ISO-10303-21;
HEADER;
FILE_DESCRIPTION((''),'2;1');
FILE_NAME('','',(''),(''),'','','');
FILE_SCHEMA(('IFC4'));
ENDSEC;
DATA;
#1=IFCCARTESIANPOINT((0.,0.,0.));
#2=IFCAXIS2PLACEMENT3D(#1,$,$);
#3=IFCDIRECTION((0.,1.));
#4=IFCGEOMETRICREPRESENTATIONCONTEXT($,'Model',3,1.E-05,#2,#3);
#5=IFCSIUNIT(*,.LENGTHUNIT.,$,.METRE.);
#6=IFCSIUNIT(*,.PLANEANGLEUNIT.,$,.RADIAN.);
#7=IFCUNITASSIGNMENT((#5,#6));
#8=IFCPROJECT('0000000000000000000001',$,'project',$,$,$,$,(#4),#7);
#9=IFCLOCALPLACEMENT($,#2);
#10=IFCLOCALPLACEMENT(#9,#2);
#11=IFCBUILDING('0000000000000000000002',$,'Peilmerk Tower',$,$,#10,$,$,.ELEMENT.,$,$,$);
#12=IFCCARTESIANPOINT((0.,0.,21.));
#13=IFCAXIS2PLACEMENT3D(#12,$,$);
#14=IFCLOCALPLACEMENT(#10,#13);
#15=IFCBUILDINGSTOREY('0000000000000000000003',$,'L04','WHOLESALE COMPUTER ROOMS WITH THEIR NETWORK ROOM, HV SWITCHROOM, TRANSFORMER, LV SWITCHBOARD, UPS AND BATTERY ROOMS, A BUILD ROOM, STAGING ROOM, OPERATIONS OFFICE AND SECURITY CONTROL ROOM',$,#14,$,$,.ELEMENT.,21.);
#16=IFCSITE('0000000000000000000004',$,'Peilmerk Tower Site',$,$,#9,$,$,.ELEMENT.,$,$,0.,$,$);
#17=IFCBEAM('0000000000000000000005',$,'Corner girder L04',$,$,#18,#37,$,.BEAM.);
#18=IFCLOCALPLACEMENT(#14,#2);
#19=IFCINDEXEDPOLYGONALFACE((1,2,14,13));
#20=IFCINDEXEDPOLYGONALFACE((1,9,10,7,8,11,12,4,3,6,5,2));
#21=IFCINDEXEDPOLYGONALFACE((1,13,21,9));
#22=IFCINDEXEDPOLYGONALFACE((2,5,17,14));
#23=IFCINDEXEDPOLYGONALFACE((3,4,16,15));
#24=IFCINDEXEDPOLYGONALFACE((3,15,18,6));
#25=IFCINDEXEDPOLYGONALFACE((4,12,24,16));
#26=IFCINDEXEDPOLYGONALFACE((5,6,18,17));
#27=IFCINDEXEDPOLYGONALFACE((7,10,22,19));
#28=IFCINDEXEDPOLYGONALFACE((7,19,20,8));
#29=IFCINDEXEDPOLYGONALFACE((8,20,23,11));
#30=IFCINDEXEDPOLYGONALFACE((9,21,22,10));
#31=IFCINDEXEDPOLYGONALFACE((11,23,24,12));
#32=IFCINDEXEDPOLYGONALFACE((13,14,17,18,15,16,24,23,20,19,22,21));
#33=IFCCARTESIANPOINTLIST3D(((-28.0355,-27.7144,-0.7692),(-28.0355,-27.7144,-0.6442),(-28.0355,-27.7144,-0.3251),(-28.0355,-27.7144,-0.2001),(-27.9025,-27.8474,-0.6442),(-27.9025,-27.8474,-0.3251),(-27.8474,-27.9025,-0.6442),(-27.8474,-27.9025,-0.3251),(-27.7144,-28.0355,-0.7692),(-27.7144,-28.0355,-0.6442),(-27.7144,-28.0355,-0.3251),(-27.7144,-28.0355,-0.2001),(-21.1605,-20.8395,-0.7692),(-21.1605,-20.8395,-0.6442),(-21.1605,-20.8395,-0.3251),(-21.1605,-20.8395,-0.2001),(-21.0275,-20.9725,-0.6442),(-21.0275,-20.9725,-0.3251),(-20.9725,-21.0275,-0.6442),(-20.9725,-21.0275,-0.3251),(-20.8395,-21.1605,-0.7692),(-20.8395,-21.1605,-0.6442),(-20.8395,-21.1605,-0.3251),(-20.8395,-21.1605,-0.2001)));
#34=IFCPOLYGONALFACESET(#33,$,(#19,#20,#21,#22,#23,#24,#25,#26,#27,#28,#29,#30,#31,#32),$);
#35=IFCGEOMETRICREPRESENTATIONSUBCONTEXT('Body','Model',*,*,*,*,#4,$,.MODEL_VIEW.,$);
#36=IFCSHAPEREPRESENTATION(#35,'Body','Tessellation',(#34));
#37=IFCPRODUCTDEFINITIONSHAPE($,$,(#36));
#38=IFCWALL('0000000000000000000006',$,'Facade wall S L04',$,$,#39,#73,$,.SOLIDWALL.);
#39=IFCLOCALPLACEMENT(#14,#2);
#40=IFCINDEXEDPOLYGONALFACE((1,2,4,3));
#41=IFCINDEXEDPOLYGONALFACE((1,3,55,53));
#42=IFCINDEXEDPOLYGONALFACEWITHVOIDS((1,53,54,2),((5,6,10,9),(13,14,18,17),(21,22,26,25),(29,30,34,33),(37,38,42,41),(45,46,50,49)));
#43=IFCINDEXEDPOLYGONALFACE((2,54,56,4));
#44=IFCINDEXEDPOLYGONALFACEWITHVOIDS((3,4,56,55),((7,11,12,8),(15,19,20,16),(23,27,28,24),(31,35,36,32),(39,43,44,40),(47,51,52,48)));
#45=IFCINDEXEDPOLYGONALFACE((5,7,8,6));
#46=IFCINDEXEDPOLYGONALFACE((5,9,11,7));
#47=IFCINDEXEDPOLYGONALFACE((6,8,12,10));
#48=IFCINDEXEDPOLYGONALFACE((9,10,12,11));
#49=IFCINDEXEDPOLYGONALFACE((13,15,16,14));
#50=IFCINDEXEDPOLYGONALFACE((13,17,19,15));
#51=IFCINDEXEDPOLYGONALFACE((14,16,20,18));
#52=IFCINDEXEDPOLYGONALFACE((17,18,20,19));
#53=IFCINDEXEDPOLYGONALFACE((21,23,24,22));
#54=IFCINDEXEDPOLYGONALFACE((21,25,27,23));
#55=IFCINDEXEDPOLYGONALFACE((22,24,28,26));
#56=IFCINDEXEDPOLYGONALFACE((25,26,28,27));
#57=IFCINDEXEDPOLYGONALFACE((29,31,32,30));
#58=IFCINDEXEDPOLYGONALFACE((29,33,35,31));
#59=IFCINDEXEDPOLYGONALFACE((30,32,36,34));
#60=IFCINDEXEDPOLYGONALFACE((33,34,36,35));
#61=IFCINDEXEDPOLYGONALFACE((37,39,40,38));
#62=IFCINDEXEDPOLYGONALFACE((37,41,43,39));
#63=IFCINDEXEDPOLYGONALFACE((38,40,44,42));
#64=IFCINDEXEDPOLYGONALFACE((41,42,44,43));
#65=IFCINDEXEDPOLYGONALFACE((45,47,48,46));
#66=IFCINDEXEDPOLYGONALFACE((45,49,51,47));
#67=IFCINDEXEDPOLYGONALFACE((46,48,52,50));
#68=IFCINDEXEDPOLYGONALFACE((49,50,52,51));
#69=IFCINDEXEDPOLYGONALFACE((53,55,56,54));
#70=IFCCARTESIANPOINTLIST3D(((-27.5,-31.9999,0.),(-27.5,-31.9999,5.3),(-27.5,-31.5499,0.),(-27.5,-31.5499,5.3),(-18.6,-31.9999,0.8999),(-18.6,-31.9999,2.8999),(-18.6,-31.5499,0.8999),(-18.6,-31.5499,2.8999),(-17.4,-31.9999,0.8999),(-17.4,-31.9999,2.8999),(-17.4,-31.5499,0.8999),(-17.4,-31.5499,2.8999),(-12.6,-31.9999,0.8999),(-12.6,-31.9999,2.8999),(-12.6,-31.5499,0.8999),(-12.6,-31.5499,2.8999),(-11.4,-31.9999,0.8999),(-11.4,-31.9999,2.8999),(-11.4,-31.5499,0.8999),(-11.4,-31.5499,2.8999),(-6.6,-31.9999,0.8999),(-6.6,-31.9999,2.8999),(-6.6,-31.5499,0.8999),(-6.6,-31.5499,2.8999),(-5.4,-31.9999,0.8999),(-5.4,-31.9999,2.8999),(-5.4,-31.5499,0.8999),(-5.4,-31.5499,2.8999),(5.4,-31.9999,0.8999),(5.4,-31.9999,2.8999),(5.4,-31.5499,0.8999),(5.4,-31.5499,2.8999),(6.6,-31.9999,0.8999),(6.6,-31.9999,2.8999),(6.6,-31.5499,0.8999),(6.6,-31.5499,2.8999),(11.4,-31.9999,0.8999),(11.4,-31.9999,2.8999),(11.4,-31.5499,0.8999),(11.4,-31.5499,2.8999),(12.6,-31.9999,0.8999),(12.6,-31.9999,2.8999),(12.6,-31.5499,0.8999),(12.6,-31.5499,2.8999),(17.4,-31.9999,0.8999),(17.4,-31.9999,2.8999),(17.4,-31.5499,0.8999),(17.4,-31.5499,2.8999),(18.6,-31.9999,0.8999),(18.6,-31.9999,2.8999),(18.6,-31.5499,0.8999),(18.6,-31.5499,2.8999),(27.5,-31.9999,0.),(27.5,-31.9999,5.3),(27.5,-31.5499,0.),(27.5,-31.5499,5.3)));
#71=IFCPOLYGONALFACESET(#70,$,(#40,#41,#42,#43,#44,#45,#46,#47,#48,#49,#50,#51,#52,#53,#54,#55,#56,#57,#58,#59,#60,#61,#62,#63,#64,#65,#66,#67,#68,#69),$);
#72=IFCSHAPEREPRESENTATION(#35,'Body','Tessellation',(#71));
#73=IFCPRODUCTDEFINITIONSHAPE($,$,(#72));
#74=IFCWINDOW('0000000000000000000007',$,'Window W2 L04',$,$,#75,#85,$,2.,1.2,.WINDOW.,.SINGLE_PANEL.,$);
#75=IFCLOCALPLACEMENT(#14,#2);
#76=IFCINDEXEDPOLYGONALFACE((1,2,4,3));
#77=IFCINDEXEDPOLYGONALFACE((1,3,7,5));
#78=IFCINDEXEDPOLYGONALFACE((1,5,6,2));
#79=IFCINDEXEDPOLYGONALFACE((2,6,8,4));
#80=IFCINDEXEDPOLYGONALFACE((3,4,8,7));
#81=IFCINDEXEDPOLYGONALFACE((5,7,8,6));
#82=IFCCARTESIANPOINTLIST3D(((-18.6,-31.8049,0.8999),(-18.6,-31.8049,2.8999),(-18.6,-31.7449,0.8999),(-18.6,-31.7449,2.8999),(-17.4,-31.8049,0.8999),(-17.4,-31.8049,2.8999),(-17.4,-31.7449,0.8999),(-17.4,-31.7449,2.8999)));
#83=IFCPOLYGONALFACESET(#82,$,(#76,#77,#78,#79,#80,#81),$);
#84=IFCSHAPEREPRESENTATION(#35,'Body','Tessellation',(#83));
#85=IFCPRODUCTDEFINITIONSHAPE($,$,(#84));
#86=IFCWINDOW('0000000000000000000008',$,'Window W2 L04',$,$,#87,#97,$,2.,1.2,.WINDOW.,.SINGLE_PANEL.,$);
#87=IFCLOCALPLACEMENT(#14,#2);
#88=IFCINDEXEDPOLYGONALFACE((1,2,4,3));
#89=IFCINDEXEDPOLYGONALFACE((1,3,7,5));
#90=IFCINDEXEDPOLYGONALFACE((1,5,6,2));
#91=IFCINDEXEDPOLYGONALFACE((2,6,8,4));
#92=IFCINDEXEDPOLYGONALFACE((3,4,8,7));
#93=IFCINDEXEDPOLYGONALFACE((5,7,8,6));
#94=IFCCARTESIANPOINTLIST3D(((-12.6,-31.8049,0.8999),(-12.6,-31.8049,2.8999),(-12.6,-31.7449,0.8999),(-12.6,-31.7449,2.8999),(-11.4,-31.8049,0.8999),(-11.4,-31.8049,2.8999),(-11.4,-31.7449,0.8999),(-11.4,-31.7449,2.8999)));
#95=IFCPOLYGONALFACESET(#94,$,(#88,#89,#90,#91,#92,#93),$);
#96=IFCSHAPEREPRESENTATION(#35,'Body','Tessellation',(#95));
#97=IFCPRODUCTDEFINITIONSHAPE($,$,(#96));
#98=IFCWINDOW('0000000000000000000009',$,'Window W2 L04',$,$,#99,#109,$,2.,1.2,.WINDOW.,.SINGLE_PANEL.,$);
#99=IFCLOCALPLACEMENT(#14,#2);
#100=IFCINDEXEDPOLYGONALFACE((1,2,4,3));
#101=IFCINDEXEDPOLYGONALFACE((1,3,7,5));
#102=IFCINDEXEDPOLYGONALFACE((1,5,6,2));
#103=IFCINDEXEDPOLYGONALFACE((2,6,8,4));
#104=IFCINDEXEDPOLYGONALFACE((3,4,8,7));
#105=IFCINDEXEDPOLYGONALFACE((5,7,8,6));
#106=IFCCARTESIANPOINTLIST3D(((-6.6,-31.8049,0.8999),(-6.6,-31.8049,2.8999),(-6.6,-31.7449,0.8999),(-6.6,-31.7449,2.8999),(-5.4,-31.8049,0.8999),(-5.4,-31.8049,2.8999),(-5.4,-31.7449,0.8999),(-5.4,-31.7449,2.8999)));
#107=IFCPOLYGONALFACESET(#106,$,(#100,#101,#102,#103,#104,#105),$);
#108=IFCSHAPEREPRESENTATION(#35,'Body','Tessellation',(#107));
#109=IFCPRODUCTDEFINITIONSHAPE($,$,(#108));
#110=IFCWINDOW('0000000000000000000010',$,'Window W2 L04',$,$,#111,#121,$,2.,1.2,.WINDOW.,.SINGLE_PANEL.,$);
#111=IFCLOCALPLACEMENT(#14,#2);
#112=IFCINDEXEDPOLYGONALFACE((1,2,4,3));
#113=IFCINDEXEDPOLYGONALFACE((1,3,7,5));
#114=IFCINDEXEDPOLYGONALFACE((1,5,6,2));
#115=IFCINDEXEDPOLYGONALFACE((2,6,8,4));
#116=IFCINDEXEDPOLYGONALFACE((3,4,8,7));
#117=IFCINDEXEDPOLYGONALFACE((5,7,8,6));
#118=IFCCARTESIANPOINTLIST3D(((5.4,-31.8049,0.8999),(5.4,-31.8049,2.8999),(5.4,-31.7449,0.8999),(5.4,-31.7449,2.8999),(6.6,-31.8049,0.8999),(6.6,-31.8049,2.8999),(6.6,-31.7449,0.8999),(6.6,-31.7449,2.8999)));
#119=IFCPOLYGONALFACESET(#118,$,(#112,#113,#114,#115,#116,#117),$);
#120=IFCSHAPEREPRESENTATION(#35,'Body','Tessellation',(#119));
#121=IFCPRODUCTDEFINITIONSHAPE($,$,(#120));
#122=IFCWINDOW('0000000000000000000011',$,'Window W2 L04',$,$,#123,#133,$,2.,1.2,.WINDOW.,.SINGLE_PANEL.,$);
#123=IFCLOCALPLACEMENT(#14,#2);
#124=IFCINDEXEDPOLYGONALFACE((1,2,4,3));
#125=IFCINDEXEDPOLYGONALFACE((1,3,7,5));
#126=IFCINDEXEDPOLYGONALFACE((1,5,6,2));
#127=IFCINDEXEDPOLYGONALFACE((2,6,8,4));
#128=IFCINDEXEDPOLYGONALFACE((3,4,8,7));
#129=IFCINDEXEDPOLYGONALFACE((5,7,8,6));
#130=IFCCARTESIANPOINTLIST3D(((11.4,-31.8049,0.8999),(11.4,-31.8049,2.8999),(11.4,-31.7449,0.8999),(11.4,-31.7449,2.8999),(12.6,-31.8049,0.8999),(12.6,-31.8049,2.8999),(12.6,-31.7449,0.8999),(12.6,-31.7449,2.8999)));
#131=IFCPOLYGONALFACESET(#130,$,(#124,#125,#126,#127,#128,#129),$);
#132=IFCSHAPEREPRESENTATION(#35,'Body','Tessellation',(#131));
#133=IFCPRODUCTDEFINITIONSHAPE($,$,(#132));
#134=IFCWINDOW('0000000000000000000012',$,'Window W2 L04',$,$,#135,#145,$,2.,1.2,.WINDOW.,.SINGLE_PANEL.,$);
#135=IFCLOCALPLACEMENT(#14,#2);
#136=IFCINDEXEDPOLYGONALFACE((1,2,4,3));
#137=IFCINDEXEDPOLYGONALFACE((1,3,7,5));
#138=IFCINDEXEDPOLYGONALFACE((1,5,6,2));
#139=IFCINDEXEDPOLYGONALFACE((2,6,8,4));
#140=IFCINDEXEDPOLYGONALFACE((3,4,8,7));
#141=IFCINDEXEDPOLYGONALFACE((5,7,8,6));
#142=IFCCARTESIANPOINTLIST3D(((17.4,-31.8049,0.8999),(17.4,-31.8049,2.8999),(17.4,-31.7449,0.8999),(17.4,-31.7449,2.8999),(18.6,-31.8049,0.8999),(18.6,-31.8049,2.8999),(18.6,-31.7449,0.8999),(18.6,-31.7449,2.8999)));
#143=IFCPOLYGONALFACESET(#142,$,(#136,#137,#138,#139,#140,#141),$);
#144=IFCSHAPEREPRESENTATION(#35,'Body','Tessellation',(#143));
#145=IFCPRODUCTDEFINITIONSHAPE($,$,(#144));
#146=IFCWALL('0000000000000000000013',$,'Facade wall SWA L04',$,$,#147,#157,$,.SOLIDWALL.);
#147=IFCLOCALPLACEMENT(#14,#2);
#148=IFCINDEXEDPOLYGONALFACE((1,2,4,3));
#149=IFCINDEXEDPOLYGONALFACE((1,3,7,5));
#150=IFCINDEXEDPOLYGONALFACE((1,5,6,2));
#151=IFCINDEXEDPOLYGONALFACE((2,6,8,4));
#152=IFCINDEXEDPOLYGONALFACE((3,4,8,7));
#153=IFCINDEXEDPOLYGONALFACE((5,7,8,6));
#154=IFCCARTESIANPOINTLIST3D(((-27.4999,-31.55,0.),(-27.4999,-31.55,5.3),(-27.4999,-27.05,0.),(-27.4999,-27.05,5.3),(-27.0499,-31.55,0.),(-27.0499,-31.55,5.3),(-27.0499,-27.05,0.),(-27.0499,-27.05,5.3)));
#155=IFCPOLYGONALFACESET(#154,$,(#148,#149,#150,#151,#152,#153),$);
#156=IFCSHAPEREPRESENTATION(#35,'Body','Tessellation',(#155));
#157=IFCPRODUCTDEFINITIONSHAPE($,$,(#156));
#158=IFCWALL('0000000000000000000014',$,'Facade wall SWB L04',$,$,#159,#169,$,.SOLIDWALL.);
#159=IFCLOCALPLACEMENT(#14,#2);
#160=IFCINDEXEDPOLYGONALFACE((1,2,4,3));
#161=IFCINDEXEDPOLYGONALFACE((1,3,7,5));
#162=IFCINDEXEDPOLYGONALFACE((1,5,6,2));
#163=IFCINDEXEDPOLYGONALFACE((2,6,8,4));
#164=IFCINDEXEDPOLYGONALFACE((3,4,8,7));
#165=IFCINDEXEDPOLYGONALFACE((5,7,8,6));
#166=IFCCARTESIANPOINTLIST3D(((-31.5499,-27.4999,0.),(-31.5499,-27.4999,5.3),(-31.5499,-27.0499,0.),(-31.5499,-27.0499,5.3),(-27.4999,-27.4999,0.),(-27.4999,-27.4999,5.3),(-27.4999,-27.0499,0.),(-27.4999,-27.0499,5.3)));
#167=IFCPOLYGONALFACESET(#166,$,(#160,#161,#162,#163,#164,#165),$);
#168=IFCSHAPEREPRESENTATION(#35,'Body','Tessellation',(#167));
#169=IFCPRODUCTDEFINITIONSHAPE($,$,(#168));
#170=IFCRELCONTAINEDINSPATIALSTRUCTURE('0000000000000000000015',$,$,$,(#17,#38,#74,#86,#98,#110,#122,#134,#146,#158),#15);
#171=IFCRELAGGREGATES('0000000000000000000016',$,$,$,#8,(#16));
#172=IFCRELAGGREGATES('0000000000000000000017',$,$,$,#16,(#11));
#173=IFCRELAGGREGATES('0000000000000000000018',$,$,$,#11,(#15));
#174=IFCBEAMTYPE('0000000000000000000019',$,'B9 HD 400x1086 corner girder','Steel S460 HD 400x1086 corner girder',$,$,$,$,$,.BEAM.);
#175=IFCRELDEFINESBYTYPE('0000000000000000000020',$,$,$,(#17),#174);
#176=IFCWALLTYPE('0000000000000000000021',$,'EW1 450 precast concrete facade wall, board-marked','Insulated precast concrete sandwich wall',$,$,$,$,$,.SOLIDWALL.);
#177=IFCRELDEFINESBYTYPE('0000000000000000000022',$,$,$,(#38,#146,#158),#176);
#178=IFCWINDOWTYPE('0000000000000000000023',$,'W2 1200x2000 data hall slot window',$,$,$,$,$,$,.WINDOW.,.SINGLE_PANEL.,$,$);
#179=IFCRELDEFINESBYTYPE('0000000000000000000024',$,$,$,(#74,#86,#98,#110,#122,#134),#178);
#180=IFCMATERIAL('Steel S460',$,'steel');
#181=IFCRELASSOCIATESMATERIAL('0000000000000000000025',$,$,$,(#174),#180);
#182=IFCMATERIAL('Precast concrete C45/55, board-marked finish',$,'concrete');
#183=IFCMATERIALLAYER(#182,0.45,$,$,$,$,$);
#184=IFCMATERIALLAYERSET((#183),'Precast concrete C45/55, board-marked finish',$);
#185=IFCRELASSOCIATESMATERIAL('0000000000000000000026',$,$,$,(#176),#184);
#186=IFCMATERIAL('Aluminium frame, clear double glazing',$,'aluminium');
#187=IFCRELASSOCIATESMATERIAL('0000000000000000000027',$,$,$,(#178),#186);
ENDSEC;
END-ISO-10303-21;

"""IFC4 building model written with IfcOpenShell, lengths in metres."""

from ifc_helpers import new_model, si_unit, direction, frame, frame_2d, origin, origin_2d, place, context, subcontext, project, spatial, rectangle, i_section, extrude, material, layer, layer_set, material_profile, profile_set, type_object, element, fill, save


model = new_model("IFC4")

# Units and contexts
model_context = context("Model", 3, precision=1e-05, world=origin(), true_north=direction((0.0, 1.0)))
body_context = subcontext(model_context, "Body", "Model", "MODEL_VIEW")
ifc_project = project(units=[si_unit("LENGTHUNIT", "METRE"), si_unit("PLANEANGLEUNIT", "RADIAN")], contexts=[model_context])

# Site, building, storey
site_placement = place(None, origin())
site = spatial("IfcSite", under=ifc_project, at=site_placement, Name="Peilmerk Tower Site", CompositionType="ELEMENT", RefElevation=0.0)
building_placement = place(site_placement, origin())
building = spatial("IfcBuilding", under=site, at=building_placement, Name="Peilmerk Tower", CompositionType="ELEMENT")
storey_placement = place(building_placement, frame((0.0, 0.0, 21.0)))
storey = spatial("IfcBuildingStorey", under=building, at=storey_placement, Name="L04", Description="WHOLESALE COMPUTER ROOMS WITH THEIR NETWORK ROOM, HV SWITCHROOM, TRANSFORMER, LV SWITCHBOARD, UPS AND BATTERY ROOMS, A BUILD ROOM, STAGING ROOM, OPERATIONS OFFICE AND SECURITY CONTROL ROOM", CompositionType="ELEMENT", Elevation=21.0)

# Beam
ifc_material_1 = material(Name="Steel S460", Category="steel")
ifc_material_profile_1 = material_profile(ifc_material_1, i_section(OverallWidth=0.4541, OverallDepth=0.5691, WebThickness=0.0779, FlangeThickness=0.125, at=origin_2d()), Name="HD 400x1086")
ifc_profile_set_1 = profile_set([ifc_material_profile_1], Name="Steel S460")
beam_type_1 = type_object("IfcBeamType", Name="B9 HD 400x1086 corner girder", Description="Steel S460 HD 400x1086 corner girder", PredefinedType="BEAM", material=ifc_profile_set_1)
beam_1_placement = place(storey_placement, frame((-21.0, -21.0, -0.4846), z_axis=(-0.707107, -0.707107, 0.0), x_axis=(0.707107, -0.707107, 0.0)))
element("IfcBeam", 1, at=beam_1_placement, inside=storey, type_object=beam_type_1, Name="Corner girder L04", PredefinedType="BEAM", context=body_context, shape_type="SweptSolid", body=[
    extrude(i_section(OverallWidth=0.4541, OverallDepth=0.5691, WebThickness=0.0779, FlangeThickness=0.125, at=origin_2d()), origin(), (0.0, 0.0, 1.0), 9.7227),
])

# Wall, openings, windows
ifc_material_2 = material(Name="Precast concrete C45/55, board-marked finish", Category="concrete")
ifc_layer = layer(ifc_material_2, 0.45)
ifc_layer_set = layer_set([ifc_layer], Name="Precast concrete C45/55, board-marked finish")
wall_type = type_object("IfcWallType", Name="EW1 450 precast concrete facade wall, board-marked", Description="Insulated precast concrete sandwich wall", PredefinedType="SOLIDWALL", material=ifc_layer_set)
wall_1_placement = place(storey_placement, frame((-27.5, -31.7749, 0.0), z_axis=(0.0, 0.0, 1.0), x_axis=(1.0, 0.0, 0.0)))
wall_1 = element("IfcWall", 2, at=wall_1_placement, inside=storey, type_object=wall_type, Name="Facade wall S L04", PredefinedType="SOLIDWALL", context=body_context, shape_type="SweptSolid", body=[
    extrude(rectangle(XDim=55.0, YDim=0.45, at=frame_2d((27.5, 0.0))), origin(), (0.0, 0.0, 1.0), 5.3),
])
opening_1_placement = place(wall_1_placement, frame((8.8999, 0.0, 0.8999)))
opening_1 = element("IfcOpeningElement", 3, at=opening_1_placement, cuts=wall_1, PredefinedType="OPENING", context=body_context, shape_type="SweptSolid", body=[
    extrude(rectangle(XDim=1.2, YDim=2.0, at=frame_2d((0.6001, 1.0))), frame((0.0, 0.2349, 0.0), z_axis=(0.0, -1.0, 0.0), x_axis=(1.0, 0.0, 0.0)), (0.0, 0.0, 1.0), 0.47),
])
opening_2_placement = place(wall_1_placement, frame((14.8999, 0.0, 0.8999)))
opening_2 = element("IfcOpeningElement", 4, at=opening_2_placement, cuts=wall_1, PredefinedType="OPENING", context=body_context, shape_type="SweptSolid", body=[
    extrude(rectangle(XDim=1.2, YDim=2.0, at=frame_2d((0.6001, 1.0))), frame((0.0, 0.2349, 0.0), z_axis=(0.0, -1.0, 0.0), x_axis=(1.0, 0.0, 0.0)), (0.0, 0.0, 1.0), 0.47),
])
opening_3_placement = place(wall_1_placement, frame((20.8999, 0.0, 0.8999)))
opening_3 = element("IfcOpeningElement", 5, at=opening_3_placement, cuts=wall_1, PredefinedType="OPENING", context=body_context, shape_type="SweptSolid", body=[
    extrude(rectangle(XDim=1.2, YDim=2.0, at=frame_2d((0.6001, 1.0))), frame((0.0, 0.2349, 0.0), z_axis=(0.0, -1.0, 0.0), x_axis=(1.0, 0.0, 0.0)), (0.0, 0.0, 1.0), 0.47),
])
opening_4_placement = place(wall_1_placement, frame((32.8999, 0.0, 0.8999)))
opening_4 = element("IfcOpeningElement", 6, at=opening_4_placement, cuts=wall_1, PredefinedType="OPENING", context=body_context, shape_type="SweptSolid", body=[
    extrude(rectangle(XDim=1.2, YDim=2.0, at=frame_2d((0.6001, 1.0))), frame((0.0, 0.2349, 0.0), z_axis=(0.0, -1.0, 0.0), x_axis=(1.0, 0.0, 0.0)), (0.0, 0.0, 1.0), 0.47),
])
opening_5_placement = place(wall_1_placement, frame((38.8999, 0.0, 0.8999)))
opening_5 = element("IfcOpeningElement", 7, at=opening_5_placement, cuts=wall_1, PredefinedType="OPENING", context=body_context, shape_type="SweptSolid", body=[
    extrude(rectangle(XDim=1.2, YDim=2.0, at=frame_2d((0.6001, 1.0))), frame((0.0, 0.2349, 0.0), z_axis=(0.0, -1.0, 0.0), x_axis=(1.0, 0.0, 0.0)), (0.0, 0.0, 1.0), 0.47),
])
opening_6_placement = place(wall_1_placement, frame((44.8999, 0.0, 0.8999)))
opening_6 = element("IfcOpeningElement", 8, at=opening_6_placement, cuts=wall_1, PredefinedType="OPENING", context=body_context, shape_type="SweptSolid", body=[
    extrude(rectangle(XDim=1.2, YDim=2.0, at=frame_2d((0.6001, 1.0))), frame((0.0, 0.2349, 0.0), z_axis=(0.0, -1.0, 0.0), x_axis=(1.0, 0.0, 0.0)), (0.0, 0.0, 1.0), 0.47),
])
ifc_material_3 = material(Name="Aluminium frame, clear double glazing", Category="aluminium")
window_type = type_object("IfcWindowType", Name="W2 1200x2000 data hall slot window", PartitioningType="SINGLE_PANEL", PredefinedType="WINDOW", material=ifc_material_3)
window_1_placement = place(opening_1_placement, origin())
window_1 = element("IfcWindow", 9, at=window_1_placement, inside=storey, type_object=window_type, Name="Window W2 L04", OverallHeight=2.0, OverallWidth=1.2, PartitioningType="SINGLE_PANEL", PredefinedType="WINDOW", context=body_context, shape_type="SweptSolid", body=[
    extrude(rectangle(XDim=1.2, YDim=2.0, at=frame_2d((0.6001, 1.0))), frame((0.0, 0.03, 0.0), z_axis=(0.0, -1.0, 0.0), x_axis=(1.0, 0.0, 0.0)), (0.0, 0.0, 1.0), 0.0601),
])
fill(opening_1, window_1)
window_2_placement = place(opening_2_placement, origin())
window_2 = element("IfcWindow", 10, at=window_2_placement, inside=storey, type_object=window_type, Name="Window W2 L04", OverallHeight=2.0, OverallWidth=1.2, PartitioningType="SINGLE_PANEL", PredefinedType="WINDOW", context=body_context, shape_type="SweptSolid", body=[
    extrude(rectangle(XDim=1.2, YDim=2.0, at=frame_2d((0.6001, 1.0))), frame((0.0, 0.03, 0.0), z_axis=(0.0, -1.0, 0.0), x_axis=(1.0, 0.0, 0.0)), (0.0, 0.0, 1.0), 0.0601),
])
fill(opening_2, window_2)
window_3_placement = place(opening_3_placement, origin())
window_3 = element("IfcWindow", 11, at=window_3_placement, inside=storey, type_object=window_type, Name="Window W2 L04", OverallHeight=2.0, OverallWidth=1.2, PartitioningType="SINGLE_PANEL", PredefinedType="WINDOW", context=body_context, shape_type="SweptSolid", body=[
    extrude(rectangle(XDim=1.2, YDim=2.0, at=frame_2d((0.6001, 1.0))), frame((0.0, 0.03, 0.0), z_axis=(0.0, -1.0, 0.0), x_axis=(1.0, 0.0, 0.0)), (0.0, 0.0, 1.0), 0.0601),
])
fill(opening_3, window_3)
window_4_placement = place(opening_4_placement, origin())
window_4 = element("IfcWindow", 12, at=window_4_placement, inside=storey, type_object=window_type, Name="Window W2 L04", OverallHeight=2.0, OverallWidth=1.2, PartitioningType="SINGLE_PANEL", PredefinedType="WINDOW", context=body_context, shape_type="SweptSolid", body=[
    extrude(rectangle(XDim=1.2, YDim=2.0, at=frame_2d((0.6001, 1.0))), frame((0.0, 0.03, 0.0), z_axis=(0.0, -1.0, 0.0), x_axis=(1.0, 0.0, 0.0)), (0.0, 0.0, 1.0), 0.0601),
])
fill(opening_4, window_4)
window_5_placement = place(opening_5_placement, origin())
window_5 = element("IfcWindow", 13, at=window_5_placement, inside=storey, type_object=window_type, Name="Window W2 L04", OverallHeight=2.0, OverallWidth=1.2, PartitioningType="SINGLE_PANEL", PredefinedType="WINDOW", context=body_context, shape_type="SweptSolid", body=[
    extrude(rectangle(XDim=1.2, YDim=2.0, at=frame_2d((0.6001, 1.0))), frame((0.0, 0.03, 0.0), z_axis=(0.0, -1.0, 0.0), x_axis=(1.0, 0.0, 0.0)), (0.0, 0.0, 1.0), 0.0601),
])
fill(opening_5, window_5)
window_6_placement = place(opening_6_placement, origin())
window_6 = element("IfcWindow", 14, at=window_6_placement, inside=storey, type_object=window_type, Name="Window W2 L04", OverallHeight=2.0, OverallWidth=1.2, PartitioningType="SINGLE_PANEL", PredefinedType="WINDOW", context=body_context, shape_type="SweptSolid", body=[
    extrude(rectangle(XDim=1.2, YDim=2.0, at=frame_2d((0.6001, 1.0))), frame((0.0, 0.03, 0.0), z_axis=(0.0, -1.0, 0.0), x_axis=(1.0, 0.0, 0.0)), (0.0, 0.0, 1.0), 0.0601),
])
fill(opening_6, window_6)

# Walls
wall_2_placement = place(storey_placement, frame((-27.2749, -27.05, 0.0), z_axis=(0.0, 0.0, 1.0), x_axis=(0.0, -1.0, 0.0)))
element("IfcWall", 15, at=wall_2_placement, inside=storey, type_object=wall_type, Name="Facade wall SWA L04", PredefinedType="SOLIDWALL", context=body_context, shape_type="SweptSolid", body=[
    extrude(rectangle(XDim=4.5, YDim=0.45, at=frame_2d((2.25, 0.0))), origin(), (0.0, 0.0, 1.0), 5.3),
])
wall_3_placement = place(storey_placement, frame((-27.5, -27.2749, 0.0), z_axis=(0.0, 0.0, 1.0), x_axis=(-1.0, 0.0, 0.0)))
element("IfcWall", 16, at=wall_3_placement, inside=storey, type_object=wall_type, Name="Facade wall SWB L04", PredefinedType="SOLIDWALL", context=body_context, shape_type="SweptSolid", body=[
    extrude(rectangle(XDim=4.05, YDim=0.45, at=frame_2d((2.0249, 0.0))), origin(), (0.0, 0.0, 1.0), 5.3),
])

save(model, "model.ifc")
